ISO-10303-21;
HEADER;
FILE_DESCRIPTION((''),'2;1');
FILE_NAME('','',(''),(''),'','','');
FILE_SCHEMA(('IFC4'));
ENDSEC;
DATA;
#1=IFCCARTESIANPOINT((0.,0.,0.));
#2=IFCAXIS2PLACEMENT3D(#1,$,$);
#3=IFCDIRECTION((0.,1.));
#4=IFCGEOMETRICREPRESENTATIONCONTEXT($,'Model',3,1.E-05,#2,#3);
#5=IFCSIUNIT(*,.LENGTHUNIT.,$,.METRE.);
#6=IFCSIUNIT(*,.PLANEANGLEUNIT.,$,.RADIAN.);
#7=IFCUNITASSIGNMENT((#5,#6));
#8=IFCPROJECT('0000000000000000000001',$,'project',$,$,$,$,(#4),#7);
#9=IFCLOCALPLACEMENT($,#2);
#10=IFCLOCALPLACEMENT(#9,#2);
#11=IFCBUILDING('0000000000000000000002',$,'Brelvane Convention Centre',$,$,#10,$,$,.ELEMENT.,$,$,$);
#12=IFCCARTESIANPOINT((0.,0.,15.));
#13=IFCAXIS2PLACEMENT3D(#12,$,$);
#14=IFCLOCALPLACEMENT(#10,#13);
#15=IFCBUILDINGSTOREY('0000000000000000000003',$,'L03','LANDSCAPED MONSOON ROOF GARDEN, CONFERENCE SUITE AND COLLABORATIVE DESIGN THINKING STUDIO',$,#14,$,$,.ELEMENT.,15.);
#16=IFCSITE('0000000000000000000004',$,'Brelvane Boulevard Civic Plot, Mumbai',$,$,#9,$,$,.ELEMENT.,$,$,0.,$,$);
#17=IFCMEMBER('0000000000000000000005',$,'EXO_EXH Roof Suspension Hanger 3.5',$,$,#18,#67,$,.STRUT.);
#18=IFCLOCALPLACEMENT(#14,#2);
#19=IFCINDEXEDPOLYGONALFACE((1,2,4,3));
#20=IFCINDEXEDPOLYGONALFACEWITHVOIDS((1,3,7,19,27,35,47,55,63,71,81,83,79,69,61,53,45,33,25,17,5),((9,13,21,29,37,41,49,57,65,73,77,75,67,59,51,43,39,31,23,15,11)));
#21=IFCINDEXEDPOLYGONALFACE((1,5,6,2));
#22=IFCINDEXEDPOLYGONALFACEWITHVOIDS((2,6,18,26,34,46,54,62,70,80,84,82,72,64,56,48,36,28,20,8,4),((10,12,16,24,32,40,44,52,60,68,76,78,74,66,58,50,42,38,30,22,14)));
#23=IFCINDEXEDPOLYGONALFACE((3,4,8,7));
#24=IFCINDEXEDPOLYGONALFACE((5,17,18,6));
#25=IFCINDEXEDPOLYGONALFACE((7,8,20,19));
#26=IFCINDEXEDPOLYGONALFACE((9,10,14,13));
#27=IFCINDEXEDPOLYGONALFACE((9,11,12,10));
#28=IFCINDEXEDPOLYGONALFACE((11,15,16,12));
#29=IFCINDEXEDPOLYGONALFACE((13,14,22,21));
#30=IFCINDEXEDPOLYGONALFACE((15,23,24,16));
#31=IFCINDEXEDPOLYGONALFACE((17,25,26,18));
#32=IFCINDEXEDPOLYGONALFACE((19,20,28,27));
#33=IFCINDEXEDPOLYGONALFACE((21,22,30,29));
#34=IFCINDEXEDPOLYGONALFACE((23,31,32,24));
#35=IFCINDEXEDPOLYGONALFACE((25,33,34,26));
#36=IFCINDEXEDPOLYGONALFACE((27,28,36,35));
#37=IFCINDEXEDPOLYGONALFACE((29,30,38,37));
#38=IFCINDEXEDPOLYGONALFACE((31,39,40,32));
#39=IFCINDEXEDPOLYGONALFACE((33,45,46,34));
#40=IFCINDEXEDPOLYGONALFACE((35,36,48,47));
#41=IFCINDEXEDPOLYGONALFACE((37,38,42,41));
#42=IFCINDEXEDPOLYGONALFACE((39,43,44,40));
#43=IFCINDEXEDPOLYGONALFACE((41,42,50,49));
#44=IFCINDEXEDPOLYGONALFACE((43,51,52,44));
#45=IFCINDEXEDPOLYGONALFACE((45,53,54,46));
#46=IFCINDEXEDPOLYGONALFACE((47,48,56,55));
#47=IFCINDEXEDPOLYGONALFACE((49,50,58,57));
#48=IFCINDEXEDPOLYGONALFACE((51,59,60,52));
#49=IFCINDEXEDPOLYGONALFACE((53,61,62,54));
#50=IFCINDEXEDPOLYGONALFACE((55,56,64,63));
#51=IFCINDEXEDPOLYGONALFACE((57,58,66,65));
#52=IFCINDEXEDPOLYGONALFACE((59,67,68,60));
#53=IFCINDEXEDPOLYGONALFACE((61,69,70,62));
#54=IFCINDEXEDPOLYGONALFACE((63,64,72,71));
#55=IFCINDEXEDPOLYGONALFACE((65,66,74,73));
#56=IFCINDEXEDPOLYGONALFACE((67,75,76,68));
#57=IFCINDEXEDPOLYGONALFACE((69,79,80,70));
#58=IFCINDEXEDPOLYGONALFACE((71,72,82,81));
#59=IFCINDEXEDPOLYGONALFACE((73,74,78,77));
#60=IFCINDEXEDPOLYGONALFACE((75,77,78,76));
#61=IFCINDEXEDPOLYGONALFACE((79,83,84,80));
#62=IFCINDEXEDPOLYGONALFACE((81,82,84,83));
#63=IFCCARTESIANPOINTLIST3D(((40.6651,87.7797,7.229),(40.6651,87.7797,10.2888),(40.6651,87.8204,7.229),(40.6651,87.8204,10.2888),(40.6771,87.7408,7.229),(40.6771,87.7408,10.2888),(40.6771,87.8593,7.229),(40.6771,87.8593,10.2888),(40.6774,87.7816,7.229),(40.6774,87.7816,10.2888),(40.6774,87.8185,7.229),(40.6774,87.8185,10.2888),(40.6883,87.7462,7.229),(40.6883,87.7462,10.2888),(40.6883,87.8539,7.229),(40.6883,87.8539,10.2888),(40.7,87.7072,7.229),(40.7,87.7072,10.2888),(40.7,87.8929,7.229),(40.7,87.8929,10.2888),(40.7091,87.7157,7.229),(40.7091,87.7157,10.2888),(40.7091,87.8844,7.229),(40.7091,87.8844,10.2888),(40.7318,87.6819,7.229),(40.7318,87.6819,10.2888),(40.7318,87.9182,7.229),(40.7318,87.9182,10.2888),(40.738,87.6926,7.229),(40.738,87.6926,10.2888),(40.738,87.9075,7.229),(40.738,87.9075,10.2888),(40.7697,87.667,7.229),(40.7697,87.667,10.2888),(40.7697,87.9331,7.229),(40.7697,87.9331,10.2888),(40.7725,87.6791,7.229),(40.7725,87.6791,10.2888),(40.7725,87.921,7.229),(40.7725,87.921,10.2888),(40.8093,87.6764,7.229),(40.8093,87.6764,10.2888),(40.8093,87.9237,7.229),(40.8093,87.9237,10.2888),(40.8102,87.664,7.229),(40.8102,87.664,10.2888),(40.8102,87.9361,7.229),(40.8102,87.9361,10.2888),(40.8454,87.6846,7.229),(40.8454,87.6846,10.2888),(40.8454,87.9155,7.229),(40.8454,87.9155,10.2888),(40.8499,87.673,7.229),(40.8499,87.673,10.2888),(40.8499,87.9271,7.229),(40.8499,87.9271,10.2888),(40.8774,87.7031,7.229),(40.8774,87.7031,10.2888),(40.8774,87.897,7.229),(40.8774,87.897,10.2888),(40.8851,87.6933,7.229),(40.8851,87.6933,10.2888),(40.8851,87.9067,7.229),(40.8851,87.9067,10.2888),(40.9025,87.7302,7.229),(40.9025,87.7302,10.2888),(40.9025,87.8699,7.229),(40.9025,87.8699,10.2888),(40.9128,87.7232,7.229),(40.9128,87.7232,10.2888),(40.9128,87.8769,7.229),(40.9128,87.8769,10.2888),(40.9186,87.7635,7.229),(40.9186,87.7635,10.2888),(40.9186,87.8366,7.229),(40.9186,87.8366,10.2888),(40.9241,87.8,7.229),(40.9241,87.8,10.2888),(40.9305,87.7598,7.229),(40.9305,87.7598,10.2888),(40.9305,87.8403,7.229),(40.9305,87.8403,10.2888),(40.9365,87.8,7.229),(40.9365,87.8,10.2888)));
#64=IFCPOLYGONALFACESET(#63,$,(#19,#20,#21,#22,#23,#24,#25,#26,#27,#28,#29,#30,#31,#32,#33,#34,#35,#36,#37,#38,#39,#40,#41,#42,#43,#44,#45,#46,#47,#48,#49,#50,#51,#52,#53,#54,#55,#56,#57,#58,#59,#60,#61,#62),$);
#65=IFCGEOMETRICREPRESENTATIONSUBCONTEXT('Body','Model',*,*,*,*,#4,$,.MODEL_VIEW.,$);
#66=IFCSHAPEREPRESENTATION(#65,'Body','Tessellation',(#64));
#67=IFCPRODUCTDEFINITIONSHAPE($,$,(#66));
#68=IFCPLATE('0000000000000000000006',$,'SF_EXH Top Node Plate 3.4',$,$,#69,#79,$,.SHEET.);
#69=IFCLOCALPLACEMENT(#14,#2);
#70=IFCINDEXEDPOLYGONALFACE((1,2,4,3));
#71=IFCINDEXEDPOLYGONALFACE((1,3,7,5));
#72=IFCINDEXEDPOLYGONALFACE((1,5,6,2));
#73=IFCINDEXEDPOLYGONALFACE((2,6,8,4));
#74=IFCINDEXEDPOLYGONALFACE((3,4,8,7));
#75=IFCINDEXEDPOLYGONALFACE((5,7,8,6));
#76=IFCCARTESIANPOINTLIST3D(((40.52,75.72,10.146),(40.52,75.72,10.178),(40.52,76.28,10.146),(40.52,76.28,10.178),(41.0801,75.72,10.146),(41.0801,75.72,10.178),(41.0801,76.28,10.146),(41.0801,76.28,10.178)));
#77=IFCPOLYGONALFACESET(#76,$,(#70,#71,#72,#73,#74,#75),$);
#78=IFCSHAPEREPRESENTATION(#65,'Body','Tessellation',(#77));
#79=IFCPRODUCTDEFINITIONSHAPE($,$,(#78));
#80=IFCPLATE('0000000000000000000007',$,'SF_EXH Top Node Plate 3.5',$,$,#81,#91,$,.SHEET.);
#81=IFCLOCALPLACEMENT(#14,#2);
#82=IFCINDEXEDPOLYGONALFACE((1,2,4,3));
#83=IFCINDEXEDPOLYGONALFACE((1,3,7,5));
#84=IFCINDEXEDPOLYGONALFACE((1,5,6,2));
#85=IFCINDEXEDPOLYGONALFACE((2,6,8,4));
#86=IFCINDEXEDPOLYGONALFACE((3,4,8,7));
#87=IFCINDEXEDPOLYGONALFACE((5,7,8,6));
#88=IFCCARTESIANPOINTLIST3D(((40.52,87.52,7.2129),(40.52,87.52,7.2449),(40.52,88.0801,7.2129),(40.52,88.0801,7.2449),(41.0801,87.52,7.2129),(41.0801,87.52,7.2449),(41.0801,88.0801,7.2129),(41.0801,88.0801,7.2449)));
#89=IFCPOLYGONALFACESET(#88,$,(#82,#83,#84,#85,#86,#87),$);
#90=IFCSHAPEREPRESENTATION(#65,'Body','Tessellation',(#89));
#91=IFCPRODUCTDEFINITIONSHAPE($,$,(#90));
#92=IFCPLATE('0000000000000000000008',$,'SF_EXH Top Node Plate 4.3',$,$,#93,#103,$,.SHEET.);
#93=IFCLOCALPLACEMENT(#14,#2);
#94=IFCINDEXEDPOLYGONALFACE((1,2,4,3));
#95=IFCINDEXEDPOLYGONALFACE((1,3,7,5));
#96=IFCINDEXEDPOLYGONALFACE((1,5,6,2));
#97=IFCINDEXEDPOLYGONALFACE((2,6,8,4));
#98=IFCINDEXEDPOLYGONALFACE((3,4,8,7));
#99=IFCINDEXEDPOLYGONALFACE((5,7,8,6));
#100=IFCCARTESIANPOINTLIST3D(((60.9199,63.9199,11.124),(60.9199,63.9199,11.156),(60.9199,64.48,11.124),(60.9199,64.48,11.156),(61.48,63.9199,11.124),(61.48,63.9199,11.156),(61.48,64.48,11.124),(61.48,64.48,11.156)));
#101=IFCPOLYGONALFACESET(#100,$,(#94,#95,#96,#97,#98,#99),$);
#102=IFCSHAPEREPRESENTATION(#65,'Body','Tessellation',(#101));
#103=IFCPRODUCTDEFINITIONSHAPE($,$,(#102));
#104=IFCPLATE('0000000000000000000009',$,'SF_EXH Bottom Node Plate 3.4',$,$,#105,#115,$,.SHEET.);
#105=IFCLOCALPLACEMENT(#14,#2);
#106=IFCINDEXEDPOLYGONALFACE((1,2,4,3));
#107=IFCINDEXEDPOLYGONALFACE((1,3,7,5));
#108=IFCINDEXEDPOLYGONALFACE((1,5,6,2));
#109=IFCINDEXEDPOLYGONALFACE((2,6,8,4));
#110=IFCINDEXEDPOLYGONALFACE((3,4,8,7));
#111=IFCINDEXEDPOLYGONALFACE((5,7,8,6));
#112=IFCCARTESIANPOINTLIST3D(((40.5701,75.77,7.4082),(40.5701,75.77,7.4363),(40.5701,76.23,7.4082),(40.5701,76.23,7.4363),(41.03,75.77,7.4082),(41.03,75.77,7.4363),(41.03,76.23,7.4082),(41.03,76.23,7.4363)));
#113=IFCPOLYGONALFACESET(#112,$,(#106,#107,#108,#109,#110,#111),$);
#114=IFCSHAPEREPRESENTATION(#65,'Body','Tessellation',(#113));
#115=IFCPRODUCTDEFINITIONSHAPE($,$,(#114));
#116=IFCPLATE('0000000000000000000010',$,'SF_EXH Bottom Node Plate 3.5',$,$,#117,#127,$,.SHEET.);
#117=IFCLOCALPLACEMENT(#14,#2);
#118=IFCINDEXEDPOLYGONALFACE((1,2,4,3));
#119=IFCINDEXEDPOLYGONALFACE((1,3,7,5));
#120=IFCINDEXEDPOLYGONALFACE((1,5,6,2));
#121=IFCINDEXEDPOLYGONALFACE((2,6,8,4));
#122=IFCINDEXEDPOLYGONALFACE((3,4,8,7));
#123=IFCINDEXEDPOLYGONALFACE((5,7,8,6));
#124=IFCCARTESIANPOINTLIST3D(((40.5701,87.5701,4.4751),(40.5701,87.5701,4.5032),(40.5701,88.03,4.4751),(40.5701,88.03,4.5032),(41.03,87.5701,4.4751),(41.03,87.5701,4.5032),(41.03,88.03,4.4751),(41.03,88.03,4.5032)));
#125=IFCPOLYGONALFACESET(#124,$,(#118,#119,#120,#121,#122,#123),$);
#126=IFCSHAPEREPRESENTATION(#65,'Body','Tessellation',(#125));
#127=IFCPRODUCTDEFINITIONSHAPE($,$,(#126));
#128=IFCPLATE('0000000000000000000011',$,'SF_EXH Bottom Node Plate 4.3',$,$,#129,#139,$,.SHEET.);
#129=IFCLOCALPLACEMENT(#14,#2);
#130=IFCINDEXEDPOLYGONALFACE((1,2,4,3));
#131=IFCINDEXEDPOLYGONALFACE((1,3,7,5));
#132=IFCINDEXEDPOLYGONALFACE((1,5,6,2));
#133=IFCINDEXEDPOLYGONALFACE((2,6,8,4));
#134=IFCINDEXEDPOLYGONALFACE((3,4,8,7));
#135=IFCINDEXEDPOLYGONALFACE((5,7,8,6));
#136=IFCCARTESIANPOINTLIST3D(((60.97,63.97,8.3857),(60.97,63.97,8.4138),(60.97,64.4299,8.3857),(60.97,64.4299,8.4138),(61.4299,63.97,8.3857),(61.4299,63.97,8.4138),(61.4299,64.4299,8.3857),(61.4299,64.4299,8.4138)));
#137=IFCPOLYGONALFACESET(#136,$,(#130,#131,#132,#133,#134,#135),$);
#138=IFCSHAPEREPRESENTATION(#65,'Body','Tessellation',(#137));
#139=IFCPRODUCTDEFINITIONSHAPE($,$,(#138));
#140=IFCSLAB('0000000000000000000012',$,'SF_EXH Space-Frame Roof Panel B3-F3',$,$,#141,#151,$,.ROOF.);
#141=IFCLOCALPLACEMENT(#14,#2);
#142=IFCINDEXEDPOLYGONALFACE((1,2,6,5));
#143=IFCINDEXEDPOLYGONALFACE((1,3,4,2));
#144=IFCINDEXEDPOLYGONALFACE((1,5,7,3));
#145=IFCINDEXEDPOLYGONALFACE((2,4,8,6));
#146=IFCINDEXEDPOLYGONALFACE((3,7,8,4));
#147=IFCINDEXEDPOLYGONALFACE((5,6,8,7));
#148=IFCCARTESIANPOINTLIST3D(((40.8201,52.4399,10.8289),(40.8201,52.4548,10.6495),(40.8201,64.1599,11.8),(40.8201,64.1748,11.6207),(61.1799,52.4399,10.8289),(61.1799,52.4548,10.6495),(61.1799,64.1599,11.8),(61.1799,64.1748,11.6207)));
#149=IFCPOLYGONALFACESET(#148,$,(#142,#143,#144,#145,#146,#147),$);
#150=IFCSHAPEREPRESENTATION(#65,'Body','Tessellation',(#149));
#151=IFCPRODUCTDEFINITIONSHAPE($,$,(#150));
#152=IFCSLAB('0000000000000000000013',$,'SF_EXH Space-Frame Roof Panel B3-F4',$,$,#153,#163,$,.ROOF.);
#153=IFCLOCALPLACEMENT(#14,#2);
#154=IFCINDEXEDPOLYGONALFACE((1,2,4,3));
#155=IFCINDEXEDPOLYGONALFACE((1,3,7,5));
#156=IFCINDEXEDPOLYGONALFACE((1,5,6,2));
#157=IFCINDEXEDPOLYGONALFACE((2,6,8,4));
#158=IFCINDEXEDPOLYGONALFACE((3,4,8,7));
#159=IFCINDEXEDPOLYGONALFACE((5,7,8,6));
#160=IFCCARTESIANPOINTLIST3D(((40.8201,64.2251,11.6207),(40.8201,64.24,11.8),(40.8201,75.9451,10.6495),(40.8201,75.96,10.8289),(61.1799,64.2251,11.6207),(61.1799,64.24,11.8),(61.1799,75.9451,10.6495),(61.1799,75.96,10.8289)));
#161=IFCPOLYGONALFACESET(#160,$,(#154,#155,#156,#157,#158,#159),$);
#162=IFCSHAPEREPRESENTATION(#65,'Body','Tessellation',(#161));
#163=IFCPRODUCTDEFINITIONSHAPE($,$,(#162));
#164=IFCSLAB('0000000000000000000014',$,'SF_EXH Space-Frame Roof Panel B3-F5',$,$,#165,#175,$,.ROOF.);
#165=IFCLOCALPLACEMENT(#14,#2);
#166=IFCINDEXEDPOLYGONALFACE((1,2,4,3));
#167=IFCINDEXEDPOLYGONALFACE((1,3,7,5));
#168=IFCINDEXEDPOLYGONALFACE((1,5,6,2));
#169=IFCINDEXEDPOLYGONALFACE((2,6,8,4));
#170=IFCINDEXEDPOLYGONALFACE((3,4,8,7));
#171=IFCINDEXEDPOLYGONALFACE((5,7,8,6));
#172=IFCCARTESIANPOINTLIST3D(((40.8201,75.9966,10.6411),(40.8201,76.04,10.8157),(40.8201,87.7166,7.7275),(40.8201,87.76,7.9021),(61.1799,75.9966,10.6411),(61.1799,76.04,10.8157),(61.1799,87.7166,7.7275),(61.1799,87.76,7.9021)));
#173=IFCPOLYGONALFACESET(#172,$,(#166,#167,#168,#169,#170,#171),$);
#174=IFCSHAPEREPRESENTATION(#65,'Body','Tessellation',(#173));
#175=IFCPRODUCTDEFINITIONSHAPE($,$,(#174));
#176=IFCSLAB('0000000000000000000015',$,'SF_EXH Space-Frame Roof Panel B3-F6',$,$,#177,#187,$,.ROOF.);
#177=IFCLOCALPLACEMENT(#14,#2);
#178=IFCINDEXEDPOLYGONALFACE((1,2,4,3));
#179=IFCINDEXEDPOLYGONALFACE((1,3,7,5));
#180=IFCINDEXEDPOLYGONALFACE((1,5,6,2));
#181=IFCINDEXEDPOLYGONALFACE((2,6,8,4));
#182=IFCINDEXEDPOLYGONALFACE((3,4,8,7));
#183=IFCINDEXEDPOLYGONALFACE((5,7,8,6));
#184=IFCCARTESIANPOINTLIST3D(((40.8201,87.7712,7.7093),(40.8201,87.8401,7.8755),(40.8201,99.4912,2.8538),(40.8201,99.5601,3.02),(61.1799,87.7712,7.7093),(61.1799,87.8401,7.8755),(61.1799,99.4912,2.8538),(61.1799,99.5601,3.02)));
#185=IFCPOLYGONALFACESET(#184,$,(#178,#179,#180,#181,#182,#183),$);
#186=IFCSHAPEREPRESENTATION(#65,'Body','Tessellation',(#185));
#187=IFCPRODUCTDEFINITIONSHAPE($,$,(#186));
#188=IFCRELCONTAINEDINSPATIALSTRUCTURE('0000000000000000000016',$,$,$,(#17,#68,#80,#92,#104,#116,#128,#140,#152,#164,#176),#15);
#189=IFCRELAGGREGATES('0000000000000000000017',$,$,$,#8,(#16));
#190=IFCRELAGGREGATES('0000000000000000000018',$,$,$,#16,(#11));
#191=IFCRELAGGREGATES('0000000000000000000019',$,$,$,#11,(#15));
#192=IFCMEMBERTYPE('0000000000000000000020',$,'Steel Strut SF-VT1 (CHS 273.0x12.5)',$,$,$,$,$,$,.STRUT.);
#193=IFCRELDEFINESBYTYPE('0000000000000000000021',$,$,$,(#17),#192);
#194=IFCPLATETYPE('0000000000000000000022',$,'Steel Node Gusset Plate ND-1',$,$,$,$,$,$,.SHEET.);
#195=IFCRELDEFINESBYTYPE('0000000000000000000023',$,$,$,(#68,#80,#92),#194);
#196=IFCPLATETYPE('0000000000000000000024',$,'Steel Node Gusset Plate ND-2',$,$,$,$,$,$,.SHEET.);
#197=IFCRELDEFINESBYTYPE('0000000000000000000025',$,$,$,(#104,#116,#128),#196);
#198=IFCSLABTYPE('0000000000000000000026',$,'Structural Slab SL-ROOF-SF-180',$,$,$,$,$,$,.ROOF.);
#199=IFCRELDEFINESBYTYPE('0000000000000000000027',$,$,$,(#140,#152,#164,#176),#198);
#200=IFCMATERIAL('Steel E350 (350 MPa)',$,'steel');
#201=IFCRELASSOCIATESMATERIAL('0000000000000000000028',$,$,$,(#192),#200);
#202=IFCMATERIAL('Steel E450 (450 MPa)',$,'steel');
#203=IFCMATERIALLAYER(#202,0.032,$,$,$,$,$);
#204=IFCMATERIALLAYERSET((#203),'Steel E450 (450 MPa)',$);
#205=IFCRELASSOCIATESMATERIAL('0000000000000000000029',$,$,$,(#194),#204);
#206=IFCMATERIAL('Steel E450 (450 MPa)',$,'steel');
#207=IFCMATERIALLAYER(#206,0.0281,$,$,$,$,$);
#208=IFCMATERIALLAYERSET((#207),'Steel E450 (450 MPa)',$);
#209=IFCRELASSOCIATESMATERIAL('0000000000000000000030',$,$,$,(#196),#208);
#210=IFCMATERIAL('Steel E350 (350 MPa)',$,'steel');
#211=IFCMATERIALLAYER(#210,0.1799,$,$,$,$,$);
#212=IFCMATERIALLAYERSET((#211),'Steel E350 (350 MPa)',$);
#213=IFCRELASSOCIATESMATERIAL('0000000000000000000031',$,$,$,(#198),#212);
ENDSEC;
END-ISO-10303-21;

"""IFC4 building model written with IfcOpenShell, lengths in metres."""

from ifc_helpers import new_model, si_unit, direction, frame, origin, origin_2d, place, context, subcontext, project, spatial, polyline, rectangle, hollow_circle, outline, extrude, material, layer, layer_set, material_profile, profile_set, type_object, element, save


model = new_model("IFC4")

# Units and contexts
model_context = context("Model", 3, precision=1e-05, world=origin(), true_north=direction((0.0, 1.0)))
body_context = subcontext(model_context, "Body", "Model", "MODEL_VIEW")
ifc_project = project(units=[si_unit("LENGTHUNIT", "METRE"), si_unit("PLANEANGLEUNIT", "RADIAN")], contexts=[model_context])

# Site, building, storey
site_placement = place(None, origin())
site = spatial("IfcSite", under=ifc_project, at=site_placement, Name="Brelvane Boulevard Civic Plot, Mumbai", CompositionType="ELEMENT", RefElevation=0.0)
building_placement = place(site_placement, origin())
building = spatial("IfcBuilding", under=site, at=building_placement, Name="Brelvane Convention Centre", CompositionType="ELEMENT")
storey_placement = place(building_placement, frame((0.0, 0.0, 15.0)))
storey = spatial("IfcBuildingStorey", under=building, at=storey_placement, Name="L03", Description="LANDSCAPED MONSOON ROOF GARDEN, CONFERENCE SUITE AND COLLABORATIVE DESIGN THINKING STUDIO", CompositionType="ELEMENT", Elevation=15.0)

# Member
ifc_material_1 = material(Name="Steel E350 (350 MPa)", Category="steel")
ifc_material_profile_1 = material_profile(ifc_material_1, hollow_circle(Radius=0.1365, WallThickness=0.0125, at=origin_2d()), Name="CHS 273.0x12.5")
ifc_profile_set_1 = profile_set([ifc_material_profile_1], Name="Steel E350 (350 MPa)")
member_type_1 = type_object("IfcMemberType", Name="Steel Strut SF-VT1 (CHS 273.0x12.5)", PredefinedType="STRUT", material=ifc_profile_set_1)
member_1_placement = place(storey_placement, frame((40.8, 87.8, 7.229), z_axis=(0.0, 0.0, 1.0), x_axis=(1.0, 0.0, 0.0)))
element("IfcMember", 1, at=member_1_placement, inside=storey, type_object=member_type_1, Name="EXO_EXH Roof Suspension Hanger 3.5", PredefinedType="STRUT", context=body_context, shape_type="SweptSolid", body=[
    extrude(hollow_circle(Radius=0.1365, WallThickness=0.0125, at=origin_2d()), origin(), (0.0, 0.0, 1.0), 3.0598),
])

# Plates
ifc_material_2 = material(Name="Steel E450 (450 MPa)", Category="steel")
ifc_layer_1 = layer(ifc_material_2, 0.032)
ifc_layer_set_1 = layer_set([ifc_layer_1], Name="Steel E450 (450 MPa)")
plate_type_1 = type_object("IfcPlateType", Name="Steel Node Gusset Plate ND-1", PredefinedType="SHEET", material=ifc_layer_set_1)
for number, where, z_axis, x_axis, name in (
    (2, (40.8, 76.0, 10.146), (0.0, 0.0, 1.0), (1.0, 0.0, 0.0), "SF_EXH Top Node Plate 3.4"),
    (3, (40.8, 87.8, 7.2129), (0.0, 0.0, 1.0), (1.0, 0.0, 0.0), "SF_EXH Top Node Plate 3.5"),
    (4, (61.2, 64.2, 11.124), (0.0, 0.0, 1.0), (1.0, 0.0, 0.0), "SF_EXH Top Node Plate 4.3"),
):
    element("IfcPlate", number, at=place(storey_placement, frame(where, z_axis=z_axis, x_axis=x_axis)), inside=storey, type_object=plate_type_1, Name=name, PredefinedType="SHEET", context=body_context, shape_type="SweptSolid", body=[
        extrude(rectangle(XDim=0.5601, YDim=0.5601, at=origin_2d()), origin(), (0.0, 0.0, 1.0), 0.032),
    ])
ifc_material_3 = material(Name="Steel E450 (450 MPa)", Category="steel")
ifc_layer_2 = layer(ifc_material_3, 0.0281)
ifc_layer_set_2 = layer_set([ifc_layer_2], Name="Steel E450 (450 MPa)")
plate_type_2 = type_object("IfcPlateType", Name="Steel Node Gusset Plate ND-2", PredefinedType="SHEET", material=ifc_layer_set_2)
for number, where, z_axis, x_axis, name in (
    (5, (40.8, 76.0, 7.4082), (0.0, 0.0, 1.0), (1.0, 0.0, 0.0), "SF_EXH Bottom Node Plate 3.4"),
    (6, (40.8, 87.8, 4.4751), (0.0, 0.0, 1.0), (1.0, 0.0, 0.0), "SF_EXH Bottom Node Plate 3.5"),
    (7, (61.2, 64.2, 8.3857), (0.0, 0.0, 1.0), (1.0, 0.0, 0.0), "SF_EXH Bottom Node Plate 4.3"),
):
    element("IfcPlate", number, at=place(storey_placement, frame(where, z_axis=z_axis, x_axis=x_axis)), inside=storey, type_object=plate_type_2, Name=name, PredefinedType="SHEET", context=body_context, shape_type="SweptSolid", body=[
        extrude(rectangle(XDim=0.46, YDim=0.46, at=origin_2d()), origin(), (0.0, 0.0, 1.0), 0.0281),
    ])

# Slabs
ifc_material_4 = material(Name="Steel E350 (350 MPa)", Category="steel")
ifc_layer_3 = layer(ifc_material_4, 0.1799)
ifc_layer_set_3 = layer_set([ifc_layer_3], Name="Steel E350 (350 MPa)")
slab_type = type_object("IfcSlabType", Name="Structural Slab SL-ROOF-SF-180", PredefinedType="ROOF", material=ifc_layer_set_3)
for number, where, z_axis, x_axis, name in (
    (8, (40.8201, 52.4399, 10.8289), (0.0, -0.082583, 0.996584), (1.0, 0.0, 0.0), "SF_EXH Space-Frame Roof Panel B3-F3"),
    (9, (40.8201, 64.24, 11.8), (0.0, 0.082583, 0.996584), (1.0, 0.0, 0.0), "SF_EXH Space-Frame Roof Panel B3-F4"),
):
    element("IfcSlab", number, at=place(storey_placement, frame(where, z_axis=z_axis, x_axis=x_axis)), inside=storey, type_object=slab_type, Name=name, PredefinedType="ROOF", context=body_context, shape_type="SweptSolid", body=[
        extrude(outline(polyline([(0.0, 0.0), (20.3599, 0.0), (20.3599, 11.7601), (0.0, 11.7601), (0.0, 0.0)])), origin(), (0.0, 0.0, -1.0), 0.1799),
    ])
slab_1_placement = place(storey_placement, frame((40.8201, 76.04, 10.8157), z_axis=(0.0, 0.241256, 0.970462), x_axis=(1.0, 0.0, 0.0)))
element("IfcSlab", 10, at=slab_1_placement, inside=storey, type_object=slab_type, Name="SF_EXH Space-Frame Roof Panel B3-F5", PredefinedType="ROOF", context=body_context, shape_type="SweptSolid", body=[
    extrude(outline(polyline([(0.0, 0.0), (20.3599, 0.0), (20.3599, 12.0767), (0.0, 12.0767), (0.0, 0.0)])), origin(), (0.0, 0.0, -1.0), 0.1799),
])
slab_2_placement = place(storey_placement, frame((40.8201, 87.8401, 7.8755), z_axis=(0.0, 0.382744, 0.923855), x_axis=(1.0, 0.0, 0.0)))
element("IfcSlab", 11, at=slab_2_placement, inside=storey, type_object=slab_type, Name="SF_EXH Space-Frame Roof Panel B3-F6", PredefinedType="ROOF", context=body_context, shape_type="SweptSolid", body=[
    extrude(outline(polyline([(0.0, 0.0), (20.3599, 0.0), (20.3599, 12.6859), (0.0, 12.6859), (0.0, 0.0)])), origin(), (0.0, 0.0, -1.0), 0.1799),
])

save(model, "model.ifc")
